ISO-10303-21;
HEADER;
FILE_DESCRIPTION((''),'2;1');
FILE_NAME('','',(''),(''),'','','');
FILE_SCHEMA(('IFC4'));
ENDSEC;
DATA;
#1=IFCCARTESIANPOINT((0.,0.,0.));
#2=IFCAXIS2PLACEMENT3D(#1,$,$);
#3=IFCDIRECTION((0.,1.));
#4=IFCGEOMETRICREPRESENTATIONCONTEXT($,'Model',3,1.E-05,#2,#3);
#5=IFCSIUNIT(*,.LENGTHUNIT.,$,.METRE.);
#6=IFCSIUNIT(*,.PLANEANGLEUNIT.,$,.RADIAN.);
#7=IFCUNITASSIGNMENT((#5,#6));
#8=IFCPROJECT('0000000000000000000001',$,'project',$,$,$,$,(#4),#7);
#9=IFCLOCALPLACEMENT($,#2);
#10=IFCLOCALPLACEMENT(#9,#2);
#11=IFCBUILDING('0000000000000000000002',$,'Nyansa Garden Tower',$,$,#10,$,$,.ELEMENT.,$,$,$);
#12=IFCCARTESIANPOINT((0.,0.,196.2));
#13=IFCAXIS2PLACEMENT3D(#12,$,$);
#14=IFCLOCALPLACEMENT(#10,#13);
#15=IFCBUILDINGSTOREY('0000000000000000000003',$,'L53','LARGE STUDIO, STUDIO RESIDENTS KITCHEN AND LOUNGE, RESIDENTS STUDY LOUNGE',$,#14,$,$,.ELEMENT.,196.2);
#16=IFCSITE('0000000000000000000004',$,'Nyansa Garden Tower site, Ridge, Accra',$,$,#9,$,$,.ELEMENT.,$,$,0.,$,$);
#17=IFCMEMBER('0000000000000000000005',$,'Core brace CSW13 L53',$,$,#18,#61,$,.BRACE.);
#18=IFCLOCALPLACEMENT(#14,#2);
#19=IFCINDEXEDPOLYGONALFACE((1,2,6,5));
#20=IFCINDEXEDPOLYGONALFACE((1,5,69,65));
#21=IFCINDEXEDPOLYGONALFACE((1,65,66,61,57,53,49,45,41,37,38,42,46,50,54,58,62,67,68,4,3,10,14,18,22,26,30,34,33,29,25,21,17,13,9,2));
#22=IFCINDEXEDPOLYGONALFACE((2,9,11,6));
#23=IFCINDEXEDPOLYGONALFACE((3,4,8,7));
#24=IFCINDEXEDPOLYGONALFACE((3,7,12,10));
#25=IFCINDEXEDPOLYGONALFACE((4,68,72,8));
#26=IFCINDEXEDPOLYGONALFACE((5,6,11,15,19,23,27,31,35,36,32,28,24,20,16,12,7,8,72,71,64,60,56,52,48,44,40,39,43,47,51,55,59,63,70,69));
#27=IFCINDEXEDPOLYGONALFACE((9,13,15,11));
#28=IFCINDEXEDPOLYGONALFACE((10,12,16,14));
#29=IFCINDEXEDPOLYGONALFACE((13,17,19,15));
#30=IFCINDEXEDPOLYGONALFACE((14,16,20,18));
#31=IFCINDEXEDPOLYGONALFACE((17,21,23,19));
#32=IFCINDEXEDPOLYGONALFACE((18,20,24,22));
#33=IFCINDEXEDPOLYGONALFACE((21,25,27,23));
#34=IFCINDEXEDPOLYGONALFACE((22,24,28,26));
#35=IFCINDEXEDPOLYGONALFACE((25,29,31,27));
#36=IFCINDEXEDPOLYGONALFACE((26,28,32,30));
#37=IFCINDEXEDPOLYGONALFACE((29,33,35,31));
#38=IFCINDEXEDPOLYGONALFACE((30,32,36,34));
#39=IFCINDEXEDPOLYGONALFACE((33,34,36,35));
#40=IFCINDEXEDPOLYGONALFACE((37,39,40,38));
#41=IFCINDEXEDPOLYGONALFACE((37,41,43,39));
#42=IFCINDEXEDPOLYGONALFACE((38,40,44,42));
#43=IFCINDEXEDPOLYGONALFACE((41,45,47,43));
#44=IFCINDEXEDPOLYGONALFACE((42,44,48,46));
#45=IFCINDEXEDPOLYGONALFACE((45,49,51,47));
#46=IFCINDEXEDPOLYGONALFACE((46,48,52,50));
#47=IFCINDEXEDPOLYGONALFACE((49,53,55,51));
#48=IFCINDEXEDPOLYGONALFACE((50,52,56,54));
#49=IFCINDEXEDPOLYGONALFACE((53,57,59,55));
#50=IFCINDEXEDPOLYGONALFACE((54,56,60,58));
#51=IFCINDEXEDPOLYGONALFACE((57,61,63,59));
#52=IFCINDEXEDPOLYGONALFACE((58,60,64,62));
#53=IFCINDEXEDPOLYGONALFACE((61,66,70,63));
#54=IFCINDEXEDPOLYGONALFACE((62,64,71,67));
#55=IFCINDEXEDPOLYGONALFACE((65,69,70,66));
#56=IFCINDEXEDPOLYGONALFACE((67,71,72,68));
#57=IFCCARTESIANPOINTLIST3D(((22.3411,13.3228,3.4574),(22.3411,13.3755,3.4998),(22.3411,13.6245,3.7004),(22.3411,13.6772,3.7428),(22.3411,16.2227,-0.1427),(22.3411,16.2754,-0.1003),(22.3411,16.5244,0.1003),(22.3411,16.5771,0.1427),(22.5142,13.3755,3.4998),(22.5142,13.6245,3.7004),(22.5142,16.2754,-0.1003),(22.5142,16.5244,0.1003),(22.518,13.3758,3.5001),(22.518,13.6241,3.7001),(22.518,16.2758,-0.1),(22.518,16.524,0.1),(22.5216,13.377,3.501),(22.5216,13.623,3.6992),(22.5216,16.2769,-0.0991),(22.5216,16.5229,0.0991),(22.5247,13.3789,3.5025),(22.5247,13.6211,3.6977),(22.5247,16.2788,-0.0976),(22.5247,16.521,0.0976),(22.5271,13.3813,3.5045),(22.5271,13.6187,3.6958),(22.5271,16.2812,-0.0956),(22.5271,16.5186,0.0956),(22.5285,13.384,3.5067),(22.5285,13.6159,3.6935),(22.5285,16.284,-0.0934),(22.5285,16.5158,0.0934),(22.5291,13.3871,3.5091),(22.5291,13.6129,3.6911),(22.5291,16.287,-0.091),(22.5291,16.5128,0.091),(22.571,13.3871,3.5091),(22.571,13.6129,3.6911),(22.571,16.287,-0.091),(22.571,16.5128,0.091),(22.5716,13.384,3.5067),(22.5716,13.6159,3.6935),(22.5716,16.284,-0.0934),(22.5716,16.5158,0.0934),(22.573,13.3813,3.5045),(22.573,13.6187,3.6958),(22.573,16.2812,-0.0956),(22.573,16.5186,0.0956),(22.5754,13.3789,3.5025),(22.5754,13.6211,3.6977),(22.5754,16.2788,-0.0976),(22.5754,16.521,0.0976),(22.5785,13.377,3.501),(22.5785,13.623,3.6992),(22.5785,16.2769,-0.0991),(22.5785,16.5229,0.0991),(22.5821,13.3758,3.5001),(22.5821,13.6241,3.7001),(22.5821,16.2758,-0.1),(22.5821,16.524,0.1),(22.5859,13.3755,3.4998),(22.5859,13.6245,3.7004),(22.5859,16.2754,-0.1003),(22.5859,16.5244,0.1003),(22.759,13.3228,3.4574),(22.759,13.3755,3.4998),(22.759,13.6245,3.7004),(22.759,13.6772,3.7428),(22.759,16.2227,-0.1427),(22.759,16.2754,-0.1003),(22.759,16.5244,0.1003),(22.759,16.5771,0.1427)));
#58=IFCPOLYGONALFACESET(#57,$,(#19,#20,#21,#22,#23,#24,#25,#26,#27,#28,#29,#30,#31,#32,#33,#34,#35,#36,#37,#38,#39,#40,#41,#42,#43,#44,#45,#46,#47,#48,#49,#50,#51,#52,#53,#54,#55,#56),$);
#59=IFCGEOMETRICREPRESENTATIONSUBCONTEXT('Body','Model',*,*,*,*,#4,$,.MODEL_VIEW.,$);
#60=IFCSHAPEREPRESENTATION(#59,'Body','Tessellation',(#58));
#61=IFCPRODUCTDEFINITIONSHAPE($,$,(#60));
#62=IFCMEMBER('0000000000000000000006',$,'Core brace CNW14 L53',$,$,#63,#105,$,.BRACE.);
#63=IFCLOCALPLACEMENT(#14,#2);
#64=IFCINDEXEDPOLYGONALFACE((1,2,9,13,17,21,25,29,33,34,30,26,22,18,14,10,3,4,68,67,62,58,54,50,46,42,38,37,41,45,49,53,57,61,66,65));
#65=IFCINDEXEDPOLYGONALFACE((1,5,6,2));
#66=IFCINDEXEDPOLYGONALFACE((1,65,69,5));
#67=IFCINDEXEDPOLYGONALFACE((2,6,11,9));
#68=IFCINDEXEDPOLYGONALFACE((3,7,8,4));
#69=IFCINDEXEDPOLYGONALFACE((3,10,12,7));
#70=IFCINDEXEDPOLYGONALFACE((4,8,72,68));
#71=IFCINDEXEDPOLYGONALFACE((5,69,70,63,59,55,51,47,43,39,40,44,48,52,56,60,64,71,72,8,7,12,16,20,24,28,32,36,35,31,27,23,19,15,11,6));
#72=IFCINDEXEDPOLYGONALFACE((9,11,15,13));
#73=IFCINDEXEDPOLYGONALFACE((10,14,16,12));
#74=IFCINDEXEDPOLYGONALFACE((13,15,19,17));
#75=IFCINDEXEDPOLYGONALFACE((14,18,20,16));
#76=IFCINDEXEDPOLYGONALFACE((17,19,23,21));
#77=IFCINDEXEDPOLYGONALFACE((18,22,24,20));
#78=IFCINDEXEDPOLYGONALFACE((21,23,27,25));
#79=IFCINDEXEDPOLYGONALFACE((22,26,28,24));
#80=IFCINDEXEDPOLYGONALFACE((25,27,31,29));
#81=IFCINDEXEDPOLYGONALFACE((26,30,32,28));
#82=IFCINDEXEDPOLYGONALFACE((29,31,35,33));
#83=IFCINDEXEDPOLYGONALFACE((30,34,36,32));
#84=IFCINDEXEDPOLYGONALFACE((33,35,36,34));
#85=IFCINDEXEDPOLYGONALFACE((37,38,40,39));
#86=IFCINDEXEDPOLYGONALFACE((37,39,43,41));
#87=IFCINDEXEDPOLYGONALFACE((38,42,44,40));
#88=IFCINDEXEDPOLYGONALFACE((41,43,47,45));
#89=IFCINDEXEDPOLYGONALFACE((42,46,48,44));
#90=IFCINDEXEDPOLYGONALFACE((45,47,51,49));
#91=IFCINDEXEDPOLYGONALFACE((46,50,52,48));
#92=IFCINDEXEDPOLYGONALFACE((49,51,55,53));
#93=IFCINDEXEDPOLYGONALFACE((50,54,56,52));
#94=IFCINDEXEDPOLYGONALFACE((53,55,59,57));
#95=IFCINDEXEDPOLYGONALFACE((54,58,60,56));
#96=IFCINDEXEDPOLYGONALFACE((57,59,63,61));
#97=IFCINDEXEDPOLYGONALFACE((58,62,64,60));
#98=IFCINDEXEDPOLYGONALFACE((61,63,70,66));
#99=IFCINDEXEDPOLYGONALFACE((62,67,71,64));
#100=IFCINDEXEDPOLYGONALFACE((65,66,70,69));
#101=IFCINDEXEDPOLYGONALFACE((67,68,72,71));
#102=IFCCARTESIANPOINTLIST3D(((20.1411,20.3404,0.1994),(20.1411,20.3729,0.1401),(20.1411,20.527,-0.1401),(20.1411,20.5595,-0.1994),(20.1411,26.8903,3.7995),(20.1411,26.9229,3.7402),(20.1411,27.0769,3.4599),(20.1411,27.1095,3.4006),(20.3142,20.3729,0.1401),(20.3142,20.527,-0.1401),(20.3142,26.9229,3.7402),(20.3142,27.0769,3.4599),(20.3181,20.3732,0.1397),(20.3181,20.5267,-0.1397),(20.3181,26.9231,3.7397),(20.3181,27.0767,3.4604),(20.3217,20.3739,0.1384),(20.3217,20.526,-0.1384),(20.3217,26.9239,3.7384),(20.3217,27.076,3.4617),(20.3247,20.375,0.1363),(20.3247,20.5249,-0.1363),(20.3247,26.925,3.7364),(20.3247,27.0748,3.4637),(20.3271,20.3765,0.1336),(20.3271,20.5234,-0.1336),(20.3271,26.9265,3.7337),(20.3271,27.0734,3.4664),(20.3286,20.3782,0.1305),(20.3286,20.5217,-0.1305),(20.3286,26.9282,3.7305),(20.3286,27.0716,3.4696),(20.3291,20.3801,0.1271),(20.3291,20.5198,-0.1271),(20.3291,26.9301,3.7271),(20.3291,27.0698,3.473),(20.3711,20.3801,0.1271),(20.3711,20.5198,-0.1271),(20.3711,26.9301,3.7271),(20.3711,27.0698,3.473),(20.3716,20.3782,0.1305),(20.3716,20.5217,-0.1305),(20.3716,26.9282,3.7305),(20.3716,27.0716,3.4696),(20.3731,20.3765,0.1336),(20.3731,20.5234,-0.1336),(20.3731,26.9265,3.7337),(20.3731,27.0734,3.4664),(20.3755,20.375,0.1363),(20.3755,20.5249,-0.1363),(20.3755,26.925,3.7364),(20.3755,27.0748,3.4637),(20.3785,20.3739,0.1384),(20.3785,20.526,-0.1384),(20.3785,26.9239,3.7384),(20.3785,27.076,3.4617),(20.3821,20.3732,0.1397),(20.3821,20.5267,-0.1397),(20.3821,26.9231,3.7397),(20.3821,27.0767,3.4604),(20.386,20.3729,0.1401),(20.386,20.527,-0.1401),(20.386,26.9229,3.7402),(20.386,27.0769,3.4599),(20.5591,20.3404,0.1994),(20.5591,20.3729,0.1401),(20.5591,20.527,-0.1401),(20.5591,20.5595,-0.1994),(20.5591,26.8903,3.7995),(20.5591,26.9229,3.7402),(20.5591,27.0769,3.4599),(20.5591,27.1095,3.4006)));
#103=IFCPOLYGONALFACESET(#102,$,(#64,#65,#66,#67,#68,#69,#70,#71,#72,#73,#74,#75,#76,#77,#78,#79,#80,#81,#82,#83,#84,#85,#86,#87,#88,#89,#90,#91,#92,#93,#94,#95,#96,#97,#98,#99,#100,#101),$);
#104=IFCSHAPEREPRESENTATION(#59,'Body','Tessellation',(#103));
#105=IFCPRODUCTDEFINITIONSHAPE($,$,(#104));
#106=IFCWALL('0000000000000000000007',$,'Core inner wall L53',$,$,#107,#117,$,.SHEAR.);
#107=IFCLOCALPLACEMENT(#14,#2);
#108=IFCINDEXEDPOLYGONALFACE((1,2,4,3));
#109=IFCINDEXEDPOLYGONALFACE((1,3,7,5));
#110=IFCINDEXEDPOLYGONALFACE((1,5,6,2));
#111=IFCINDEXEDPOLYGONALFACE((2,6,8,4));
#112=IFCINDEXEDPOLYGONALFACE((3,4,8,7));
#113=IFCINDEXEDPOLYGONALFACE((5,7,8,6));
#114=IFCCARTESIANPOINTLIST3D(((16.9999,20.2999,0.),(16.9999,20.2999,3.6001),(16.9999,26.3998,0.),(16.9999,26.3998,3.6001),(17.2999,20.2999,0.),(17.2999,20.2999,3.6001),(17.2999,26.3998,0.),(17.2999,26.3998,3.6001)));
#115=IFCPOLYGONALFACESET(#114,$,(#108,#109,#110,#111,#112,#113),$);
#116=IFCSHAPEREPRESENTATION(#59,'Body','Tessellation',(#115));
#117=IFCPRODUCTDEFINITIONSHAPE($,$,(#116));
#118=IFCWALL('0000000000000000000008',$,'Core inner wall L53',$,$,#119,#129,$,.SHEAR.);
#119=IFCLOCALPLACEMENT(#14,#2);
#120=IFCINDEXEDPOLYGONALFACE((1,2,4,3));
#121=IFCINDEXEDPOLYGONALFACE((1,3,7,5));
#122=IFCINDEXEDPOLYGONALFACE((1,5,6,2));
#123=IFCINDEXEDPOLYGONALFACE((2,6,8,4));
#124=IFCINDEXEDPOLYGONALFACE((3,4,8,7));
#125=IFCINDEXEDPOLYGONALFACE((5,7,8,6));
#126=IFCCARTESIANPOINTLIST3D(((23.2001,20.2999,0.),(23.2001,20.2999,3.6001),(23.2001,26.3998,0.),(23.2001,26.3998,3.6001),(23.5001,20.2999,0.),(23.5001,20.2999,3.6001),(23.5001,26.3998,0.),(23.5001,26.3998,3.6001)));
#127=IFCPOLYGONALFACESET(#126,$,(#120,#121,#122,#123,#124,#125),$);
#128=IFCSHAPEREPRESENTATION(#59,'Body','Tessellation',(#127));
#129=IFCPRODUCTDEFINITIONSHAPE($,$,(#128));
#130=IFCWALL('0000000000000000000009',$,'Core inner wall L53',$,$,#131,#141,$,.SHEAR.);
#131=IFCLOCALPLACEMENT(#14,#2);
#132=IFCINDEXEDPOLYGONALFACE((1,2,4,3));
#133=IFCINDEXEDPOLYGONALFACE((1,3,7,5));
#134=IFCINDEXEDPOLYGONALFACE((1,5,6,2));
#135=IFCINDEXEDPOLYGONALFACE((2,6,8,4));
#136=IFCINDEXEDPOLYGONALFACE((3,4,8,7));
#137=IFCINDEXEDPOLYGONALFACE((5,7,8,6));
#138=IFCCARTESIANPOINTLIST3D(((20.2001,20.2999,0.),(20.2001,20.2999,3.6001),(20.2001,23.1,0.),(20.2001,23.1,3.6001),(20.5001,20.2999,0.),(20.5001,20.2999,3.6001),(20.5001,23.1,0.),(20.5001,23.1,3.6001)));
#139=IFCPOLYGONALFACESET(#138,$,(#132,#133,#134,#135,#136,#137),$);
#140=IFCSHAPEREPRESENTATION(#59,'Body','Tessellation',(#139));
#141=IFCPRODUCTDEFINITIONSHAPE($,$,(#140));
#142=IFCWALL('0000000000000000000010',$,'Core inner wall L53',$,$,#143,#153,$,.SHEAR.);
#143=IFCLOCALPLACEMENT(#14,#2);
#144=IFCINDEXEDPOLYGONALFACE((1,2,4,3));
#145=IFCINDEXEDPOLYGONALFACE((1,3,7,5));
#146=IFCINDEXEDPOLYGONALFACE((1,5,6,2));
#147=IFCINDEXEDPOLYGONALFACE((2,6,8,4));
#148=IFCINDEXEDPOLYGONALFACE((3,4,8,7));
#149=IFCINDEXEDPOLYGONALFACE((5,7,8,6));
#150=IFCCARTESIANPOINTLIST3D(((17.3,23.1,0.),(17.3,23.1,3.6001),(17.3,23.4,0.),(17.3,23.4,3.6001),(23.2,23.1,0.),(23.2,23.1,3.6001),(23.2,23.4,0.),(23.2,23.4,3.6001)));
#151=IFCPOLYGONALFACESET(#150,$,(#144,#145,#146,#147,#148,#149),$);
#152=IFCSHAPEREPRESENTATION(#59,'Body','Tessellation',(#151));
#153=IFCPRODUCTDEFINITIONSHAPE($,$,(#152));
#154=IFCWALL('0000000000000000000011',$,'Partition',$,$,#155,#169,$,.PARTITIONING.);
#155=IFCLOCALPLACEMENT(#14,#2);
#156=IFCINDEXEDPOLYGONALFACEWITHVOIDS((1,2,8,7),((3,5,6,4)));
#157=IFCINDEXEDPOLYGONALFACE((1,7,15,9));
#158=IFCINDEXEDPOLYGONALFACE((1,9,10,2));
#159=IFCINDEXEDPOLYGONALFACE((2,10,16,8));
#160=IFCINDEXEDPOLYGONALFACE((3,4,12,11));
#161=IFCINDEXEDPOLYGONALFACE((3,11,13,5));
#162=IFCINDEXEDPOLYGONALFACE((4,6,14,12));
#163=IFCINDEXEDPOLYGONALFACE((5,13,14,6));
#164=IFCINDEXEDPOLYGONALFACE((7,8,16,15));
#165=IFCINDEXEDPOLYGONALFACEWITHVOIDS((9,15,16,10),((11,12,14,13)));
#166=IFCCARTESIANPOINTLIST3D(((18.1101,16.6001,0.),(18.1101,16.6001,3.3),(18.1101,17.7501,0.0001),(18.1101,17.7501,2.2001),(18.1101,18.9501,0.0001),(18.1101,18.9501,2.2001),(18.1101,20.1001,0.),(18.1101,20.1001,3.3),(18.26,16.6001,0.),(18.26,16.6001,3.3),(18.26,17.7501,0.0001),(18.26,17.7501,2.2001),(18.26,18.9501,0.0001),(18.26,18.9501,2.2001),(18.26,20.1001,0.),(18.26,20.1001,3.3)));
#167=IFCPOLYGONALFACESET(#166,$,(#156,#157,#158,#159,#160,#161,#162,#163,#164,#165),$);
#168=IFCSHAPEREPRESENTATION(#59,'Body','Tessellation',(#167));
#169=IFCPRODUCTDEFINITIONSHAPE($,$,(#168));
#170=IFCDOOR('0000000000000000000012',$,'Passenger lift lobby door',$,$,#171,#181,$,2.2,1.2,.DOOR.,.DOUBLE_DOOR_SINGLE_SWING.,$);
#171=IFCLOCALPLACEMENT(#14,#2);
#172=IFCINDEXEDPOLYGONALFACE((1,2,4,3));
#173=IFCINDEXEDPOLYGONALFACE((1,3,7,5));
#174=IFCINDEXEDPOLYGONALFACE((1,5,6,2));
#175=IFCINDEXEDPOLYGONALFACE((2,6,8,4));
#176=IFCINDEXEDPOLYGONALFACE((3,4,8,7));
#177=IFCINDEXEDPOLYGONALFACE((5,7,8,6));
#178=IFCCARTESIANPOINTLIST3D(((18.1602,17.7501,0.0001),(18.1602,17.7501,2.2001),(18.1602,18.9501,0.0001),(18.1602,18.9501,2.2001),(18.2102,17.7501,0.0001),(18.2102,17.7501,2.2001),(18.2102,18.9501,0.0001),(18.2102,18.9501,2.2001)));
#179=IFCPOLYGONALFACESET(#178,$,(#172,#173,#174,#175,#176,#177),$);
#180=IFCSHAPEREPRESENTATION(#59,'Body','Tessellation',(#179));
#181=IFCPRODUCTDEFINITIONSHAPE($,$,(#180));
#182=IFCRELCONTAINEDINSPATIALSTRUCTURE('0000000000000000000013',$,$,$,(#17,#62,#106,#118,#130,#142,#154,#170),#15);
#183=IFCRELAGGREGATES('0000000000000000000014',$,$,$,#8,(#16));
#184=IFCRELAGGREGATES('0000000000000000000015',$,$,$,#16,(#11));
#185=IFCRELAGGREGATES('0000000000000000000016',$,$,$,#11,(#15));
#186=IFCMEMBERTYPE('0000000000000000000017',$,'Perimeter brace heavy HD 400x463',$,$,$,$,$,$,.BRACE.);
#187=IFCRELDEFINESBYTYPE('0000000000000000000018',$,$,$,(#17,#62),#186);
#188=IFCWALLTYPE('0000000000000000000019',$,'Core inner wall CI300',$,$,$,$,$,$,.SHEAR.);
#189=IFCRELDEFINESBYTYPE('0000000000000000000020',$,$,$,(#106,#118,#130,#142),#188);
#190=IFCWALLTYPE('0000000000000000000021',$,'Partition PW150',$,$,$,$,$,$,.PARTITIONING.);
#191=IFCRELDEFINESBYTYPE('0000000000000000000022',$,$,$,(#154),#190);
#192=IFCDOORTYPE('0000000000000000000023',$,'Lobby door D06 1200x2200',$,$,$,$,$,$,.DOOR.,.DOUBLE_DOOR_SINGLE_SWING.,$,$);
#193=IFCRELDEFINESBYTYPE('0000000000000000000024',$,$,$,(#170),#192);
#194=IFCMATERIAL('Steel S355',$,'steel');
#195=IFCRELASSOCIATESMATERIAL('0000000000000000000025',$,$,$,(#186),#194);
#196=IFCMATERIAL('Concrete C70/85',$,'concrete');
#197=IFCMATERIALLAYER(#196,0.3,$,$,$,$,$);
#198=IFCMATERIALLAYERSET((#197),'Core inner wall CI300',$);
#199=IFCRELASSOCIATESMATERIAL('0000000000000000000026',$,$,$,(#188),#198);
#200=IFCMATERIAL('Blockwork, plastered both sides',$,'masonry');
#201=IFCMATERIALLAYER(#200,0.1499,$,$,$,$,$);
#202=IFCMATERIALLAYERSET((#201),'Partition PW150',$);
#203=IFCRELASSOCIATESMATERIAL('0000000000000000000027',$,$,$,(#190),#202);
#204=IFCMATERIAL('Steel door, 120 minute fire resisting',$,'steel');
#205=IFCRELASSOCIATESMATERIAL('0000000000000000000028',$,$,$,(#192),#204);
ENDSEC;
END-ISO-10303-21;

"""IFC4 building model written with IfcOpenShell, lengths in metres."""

from ifc_helpers import new_model, si_unit, direction, frame, frame_2d, origin, origin_2d, place, context, subcontext, project, spatial, rectangle, i_section, extrude, material, layer, layer_set, material_profile, profile_set, type_object, element, fill, save


model = new_model("IFC4")

# Units and contexts
model_context = context("Model", 3, precision=1e-05, world=origin(), true_north=direction((0.0, 1.0)))
body_context = subcontext(model_context, "Body", "Model", "MODEL_VIEW")
ifc_project = project(units=[si_unit("LENGTHUNIT", "METRE"), si_unit("PLANEANGLEUNIT", "RADIAN")], contexts=[model_context])

# Site, building, storey
site_placement = place(None, origin())
site = spatial("IfcSite", under=ifc_project, at=site_placement, Name="Nyansa Garden Tower site, Ridge, Accra", CompositionType="ELEMENT", RefElevation=0.0)
building_placement = place(site_placement, origin())
building = spatial("IfcBuilding", under=site, at=building_placement, Name="Nyansa Garden Tower", CompositionType="ELEMENT")
storey_placement = place(building_placement, frame((0.0, 0.0, 196.2)))
storey = spatial("IfcBuildingStorey", under=building, at=storey_placement, Name="L53", Description="LARGE STUDIO, STUDIO RESIDENTS KITCHEN AND LOUNGE, RESIDENTS STUDY LOUNGE", CompositionType="ELEMENT", Elevation=196.2)

# Members
ifc_material_1 = material(Name="Steel S355", Category="steel")
ifc_material_profile = material_profile(ifc_material_1, i_section(OverallWidth=0.418, OverallDepth=0.4551, WebThickness=0.042, FlangeThickness=0.0676, FilletRadius=0.0149, at=origin_2d()), Name="HD 400x463")
ifc_profile_set = profile_set([ifc_material_profile], Name="Steel S355")
member_type = type_object("IfcMemberType", Name="Perimeter brace heavy HD 400x463", PredefinedType="BRACE", material=ifc_profile_set)
for number, where, z_axis, x_axis, name in (
    (1, (22.55, 16.3999, 0.0), (0.0, -0.627306, 0.778773), (1.0, 0.0, 0.0), "Core brace CSW13 L53"),
):
    element("IfcMember", number, at=place(storey_placement, frame(where, z_axis=z_axis, x_axis=x_axis)), inside=storey, type_object=member_type, Name=name, PredefinedType="BRACE", context=body_context, shape_type="SweptSolid", body=[
        extrude(i_section(OverallWidth=0.418, OverallDepth=0.4551, WebThickness=0.042, FlangeThickness=0.0676, FilletRadius=0.0149, at=origin_2d()), origin(), (0.0, 0.0, 1.0), 4.6228),
    ])
member_1_placement = place(storey_placement, frame((20.3501, 20.45, 0.0), z_axis=(0.0, 0.876353, 0.481669), x_axis=(-1.0, 0.0, 0.0)))
element("IfcMember", 2, at=member_1_placement, inside=storey, type_object=member_type, Name="Core brace CNW14 L53", PredefinedType="BRACE", context=body_context, shape_type="SweptSolid", body=[
    extrude(i_section(OverallWidth=0.418, OverallDepth=0.4551, WebThickness=0.042, FlangeThickness=0.0676, FilletRadius=0.0149, at=origin_2d()), origin(), (0.0, 0.0, 1.0), 7.4741),
])

# Walls
ifc_material_2 = material(Name="Concrete C70/85", Category="concrete")
ifc_layer_1 = layer(ifc_material_2, 0.3)
ifc_layer_set_1 = layer_set([ifc_layer_1], Name="Core inner wall CI300")
wall_type_1 = type_object("IfcWallType", Name="Core inner wall CI300", PredefinedType="SHEAR", material=ifc_layer_set_1)
for number, where, z_axis, x_axis, name in (
    (3, (17.1499, 20.3, 0.0), (0.0, 0.0, 1.0), (0.0, 1.0, 0.0), "Core inner wall L53"),
    (4, (23.3501, 20.3, 0.0), (0.0, 0.0, 1.0), (0.0, 1.0, 0.0), "Core inner wall L53"),
):
    element("IfcWall", number, at=place(storey_placement, frame(where, z_axis=z_axis, x_axis=x_axis)), inside=storey, type_object=wall_type_1, Name=name, PredefinedType="SHEAR", context=body_context, shape_type="SweptSolid", body=[
        extrude(rectangle(XDim=6.0999, YDim=0.3, at=frame_2d((3.0498, 0.0))), origin(), (0.0, 0.0, 1.0), 3.6001),
    ])
wall_1_placement = place(storey_placement, frame((20.3501, 20.3, 0.0), z_axis=(0.0, 0.0, 1.0), x_axis=(0.0, 1.0, 0.0)))
element("IfcWall", 5, at=wall_1_placement, inside=storey, type_object=wall_type_1, Name="Core inner wall L53", PredefinedType="SHEAR", context=body_context, shape_type="SweptSolid", body=[
    extrude(rectangle(XDim=2.8, YDim=0.3, at=frame_2d((1.3999, 0.0))), origin(), (0.0, 0.0, 1.0), 3.6001),
])
wall_2_placement = place(storey_placement, frame((17.3, 23.25, 0.0), z_axis=(0.0, 0.0, 1.0), x_axis=(1.0, 0.0, 0.0)))
element("IfcWall", 6, at=wall_2_placement, inside=storey, type_object=wall_type_1, Name="Core inner wall L53", PredefinedType="SHEAR", context=body_context, shape_type="SweptSolid", body=[
    extrude(rectangle(XDim=5.8999, YDim=0.3, at=frame_2d((2.95, 0.0))), origin(), (0.0, 0.0, 1.0), 3.6001),
])

# Wall, opening, door
ifc_material_3 = material(Name="Blockwork, plastered both sides", Category="masonry")
ifc_layer_2 = layer(ifc_material_3, 0.1499)
ifc_layer_set_2 = layer_set([ifc_layer_2], Name="Partition PW150")
wall_type_2 = type_object("IfcWallType", Name="Partition PW150", PredefinedType="PARTITIONING", material=ifc_layer_set_2)
wall_3_placement = place(storey_placement, frame((18.1851, 16.6001, 0.0), z_axis=(0.0, 0.0, 1.0), x_axis=(0.0, 1.0, 0.0)))
wall_3 = element("IfcWall", 7, at=wall_3_placement, inside=storey, type_object=wall_type_2, Name="Partition", PredefinedType="PARTITIONING", context=body_context, shape_type="SweptSolid", body=[
    extrude(rectangle(XDim=3.5, YDim=0.1499, at=frame_2d((1.75, 0.0))), origin(), (0.0, 0.0, 1.0), 3.3),
])
opening_1_placement = place(wall_3_placement, frame((1.1499, 0.0, 0.0)))
opening_1 = element("IfcOpeningElement", 8, at=opening_1_placement, cuts=wall_3, PredefinedType="OPENING", context=body_context, shape_type="SweptSolid", body=[
    extrude(rectangle(XDim=1.2, YDim=2.2, at=frame_2d((0.6001, 1.1001))), frame((0.0, 0.085, 0.0), z_axis=(0.0, -1.0, 0.0), x_axis=(1.0, 0.0, 0.0)), (0.0, 0.0, 1.0), 0.1699),
])
ifc_material_4 = material(Name="Steel door, 120 minute fire resisting", Category="steel")
door_type_1 = type_object("IfcDoorType", Name="Lobby door D06 1200x2200", OperationType="DOUBLE_DOOR_SINGLE_SWING", PredefinedType="DOOR", material=ifc_material_4)
door_1_placement = place(opening_1_placement, origin())
door_1 = element("IfcDoor", 9, at=door_1_placement, inside=storey, type_object=door_type_1, Name="Passenger lift lobby door", OperationType="DOUBLE_DOOR_SINGLE_SWING", OverallHeight=2.2, OverallWidth=1.2, PredefinedType="DOOR", context=body_context, shape_type="SweptSolid", body=[
    extrude(rectangle(XDim=1.2, YDim=2.2, at=frame_2d((0.6001, 1.1001))), frame((0.0, 0.0249, 0.0), z_axis=(0.0, -1.0, 0.0), x_axis=(1.0, 0.0, 0.0)), (0.0, 0.0, 1.0), 0.05),
])
fill(opening_1, door_1)

save(model, "model.ifc")
